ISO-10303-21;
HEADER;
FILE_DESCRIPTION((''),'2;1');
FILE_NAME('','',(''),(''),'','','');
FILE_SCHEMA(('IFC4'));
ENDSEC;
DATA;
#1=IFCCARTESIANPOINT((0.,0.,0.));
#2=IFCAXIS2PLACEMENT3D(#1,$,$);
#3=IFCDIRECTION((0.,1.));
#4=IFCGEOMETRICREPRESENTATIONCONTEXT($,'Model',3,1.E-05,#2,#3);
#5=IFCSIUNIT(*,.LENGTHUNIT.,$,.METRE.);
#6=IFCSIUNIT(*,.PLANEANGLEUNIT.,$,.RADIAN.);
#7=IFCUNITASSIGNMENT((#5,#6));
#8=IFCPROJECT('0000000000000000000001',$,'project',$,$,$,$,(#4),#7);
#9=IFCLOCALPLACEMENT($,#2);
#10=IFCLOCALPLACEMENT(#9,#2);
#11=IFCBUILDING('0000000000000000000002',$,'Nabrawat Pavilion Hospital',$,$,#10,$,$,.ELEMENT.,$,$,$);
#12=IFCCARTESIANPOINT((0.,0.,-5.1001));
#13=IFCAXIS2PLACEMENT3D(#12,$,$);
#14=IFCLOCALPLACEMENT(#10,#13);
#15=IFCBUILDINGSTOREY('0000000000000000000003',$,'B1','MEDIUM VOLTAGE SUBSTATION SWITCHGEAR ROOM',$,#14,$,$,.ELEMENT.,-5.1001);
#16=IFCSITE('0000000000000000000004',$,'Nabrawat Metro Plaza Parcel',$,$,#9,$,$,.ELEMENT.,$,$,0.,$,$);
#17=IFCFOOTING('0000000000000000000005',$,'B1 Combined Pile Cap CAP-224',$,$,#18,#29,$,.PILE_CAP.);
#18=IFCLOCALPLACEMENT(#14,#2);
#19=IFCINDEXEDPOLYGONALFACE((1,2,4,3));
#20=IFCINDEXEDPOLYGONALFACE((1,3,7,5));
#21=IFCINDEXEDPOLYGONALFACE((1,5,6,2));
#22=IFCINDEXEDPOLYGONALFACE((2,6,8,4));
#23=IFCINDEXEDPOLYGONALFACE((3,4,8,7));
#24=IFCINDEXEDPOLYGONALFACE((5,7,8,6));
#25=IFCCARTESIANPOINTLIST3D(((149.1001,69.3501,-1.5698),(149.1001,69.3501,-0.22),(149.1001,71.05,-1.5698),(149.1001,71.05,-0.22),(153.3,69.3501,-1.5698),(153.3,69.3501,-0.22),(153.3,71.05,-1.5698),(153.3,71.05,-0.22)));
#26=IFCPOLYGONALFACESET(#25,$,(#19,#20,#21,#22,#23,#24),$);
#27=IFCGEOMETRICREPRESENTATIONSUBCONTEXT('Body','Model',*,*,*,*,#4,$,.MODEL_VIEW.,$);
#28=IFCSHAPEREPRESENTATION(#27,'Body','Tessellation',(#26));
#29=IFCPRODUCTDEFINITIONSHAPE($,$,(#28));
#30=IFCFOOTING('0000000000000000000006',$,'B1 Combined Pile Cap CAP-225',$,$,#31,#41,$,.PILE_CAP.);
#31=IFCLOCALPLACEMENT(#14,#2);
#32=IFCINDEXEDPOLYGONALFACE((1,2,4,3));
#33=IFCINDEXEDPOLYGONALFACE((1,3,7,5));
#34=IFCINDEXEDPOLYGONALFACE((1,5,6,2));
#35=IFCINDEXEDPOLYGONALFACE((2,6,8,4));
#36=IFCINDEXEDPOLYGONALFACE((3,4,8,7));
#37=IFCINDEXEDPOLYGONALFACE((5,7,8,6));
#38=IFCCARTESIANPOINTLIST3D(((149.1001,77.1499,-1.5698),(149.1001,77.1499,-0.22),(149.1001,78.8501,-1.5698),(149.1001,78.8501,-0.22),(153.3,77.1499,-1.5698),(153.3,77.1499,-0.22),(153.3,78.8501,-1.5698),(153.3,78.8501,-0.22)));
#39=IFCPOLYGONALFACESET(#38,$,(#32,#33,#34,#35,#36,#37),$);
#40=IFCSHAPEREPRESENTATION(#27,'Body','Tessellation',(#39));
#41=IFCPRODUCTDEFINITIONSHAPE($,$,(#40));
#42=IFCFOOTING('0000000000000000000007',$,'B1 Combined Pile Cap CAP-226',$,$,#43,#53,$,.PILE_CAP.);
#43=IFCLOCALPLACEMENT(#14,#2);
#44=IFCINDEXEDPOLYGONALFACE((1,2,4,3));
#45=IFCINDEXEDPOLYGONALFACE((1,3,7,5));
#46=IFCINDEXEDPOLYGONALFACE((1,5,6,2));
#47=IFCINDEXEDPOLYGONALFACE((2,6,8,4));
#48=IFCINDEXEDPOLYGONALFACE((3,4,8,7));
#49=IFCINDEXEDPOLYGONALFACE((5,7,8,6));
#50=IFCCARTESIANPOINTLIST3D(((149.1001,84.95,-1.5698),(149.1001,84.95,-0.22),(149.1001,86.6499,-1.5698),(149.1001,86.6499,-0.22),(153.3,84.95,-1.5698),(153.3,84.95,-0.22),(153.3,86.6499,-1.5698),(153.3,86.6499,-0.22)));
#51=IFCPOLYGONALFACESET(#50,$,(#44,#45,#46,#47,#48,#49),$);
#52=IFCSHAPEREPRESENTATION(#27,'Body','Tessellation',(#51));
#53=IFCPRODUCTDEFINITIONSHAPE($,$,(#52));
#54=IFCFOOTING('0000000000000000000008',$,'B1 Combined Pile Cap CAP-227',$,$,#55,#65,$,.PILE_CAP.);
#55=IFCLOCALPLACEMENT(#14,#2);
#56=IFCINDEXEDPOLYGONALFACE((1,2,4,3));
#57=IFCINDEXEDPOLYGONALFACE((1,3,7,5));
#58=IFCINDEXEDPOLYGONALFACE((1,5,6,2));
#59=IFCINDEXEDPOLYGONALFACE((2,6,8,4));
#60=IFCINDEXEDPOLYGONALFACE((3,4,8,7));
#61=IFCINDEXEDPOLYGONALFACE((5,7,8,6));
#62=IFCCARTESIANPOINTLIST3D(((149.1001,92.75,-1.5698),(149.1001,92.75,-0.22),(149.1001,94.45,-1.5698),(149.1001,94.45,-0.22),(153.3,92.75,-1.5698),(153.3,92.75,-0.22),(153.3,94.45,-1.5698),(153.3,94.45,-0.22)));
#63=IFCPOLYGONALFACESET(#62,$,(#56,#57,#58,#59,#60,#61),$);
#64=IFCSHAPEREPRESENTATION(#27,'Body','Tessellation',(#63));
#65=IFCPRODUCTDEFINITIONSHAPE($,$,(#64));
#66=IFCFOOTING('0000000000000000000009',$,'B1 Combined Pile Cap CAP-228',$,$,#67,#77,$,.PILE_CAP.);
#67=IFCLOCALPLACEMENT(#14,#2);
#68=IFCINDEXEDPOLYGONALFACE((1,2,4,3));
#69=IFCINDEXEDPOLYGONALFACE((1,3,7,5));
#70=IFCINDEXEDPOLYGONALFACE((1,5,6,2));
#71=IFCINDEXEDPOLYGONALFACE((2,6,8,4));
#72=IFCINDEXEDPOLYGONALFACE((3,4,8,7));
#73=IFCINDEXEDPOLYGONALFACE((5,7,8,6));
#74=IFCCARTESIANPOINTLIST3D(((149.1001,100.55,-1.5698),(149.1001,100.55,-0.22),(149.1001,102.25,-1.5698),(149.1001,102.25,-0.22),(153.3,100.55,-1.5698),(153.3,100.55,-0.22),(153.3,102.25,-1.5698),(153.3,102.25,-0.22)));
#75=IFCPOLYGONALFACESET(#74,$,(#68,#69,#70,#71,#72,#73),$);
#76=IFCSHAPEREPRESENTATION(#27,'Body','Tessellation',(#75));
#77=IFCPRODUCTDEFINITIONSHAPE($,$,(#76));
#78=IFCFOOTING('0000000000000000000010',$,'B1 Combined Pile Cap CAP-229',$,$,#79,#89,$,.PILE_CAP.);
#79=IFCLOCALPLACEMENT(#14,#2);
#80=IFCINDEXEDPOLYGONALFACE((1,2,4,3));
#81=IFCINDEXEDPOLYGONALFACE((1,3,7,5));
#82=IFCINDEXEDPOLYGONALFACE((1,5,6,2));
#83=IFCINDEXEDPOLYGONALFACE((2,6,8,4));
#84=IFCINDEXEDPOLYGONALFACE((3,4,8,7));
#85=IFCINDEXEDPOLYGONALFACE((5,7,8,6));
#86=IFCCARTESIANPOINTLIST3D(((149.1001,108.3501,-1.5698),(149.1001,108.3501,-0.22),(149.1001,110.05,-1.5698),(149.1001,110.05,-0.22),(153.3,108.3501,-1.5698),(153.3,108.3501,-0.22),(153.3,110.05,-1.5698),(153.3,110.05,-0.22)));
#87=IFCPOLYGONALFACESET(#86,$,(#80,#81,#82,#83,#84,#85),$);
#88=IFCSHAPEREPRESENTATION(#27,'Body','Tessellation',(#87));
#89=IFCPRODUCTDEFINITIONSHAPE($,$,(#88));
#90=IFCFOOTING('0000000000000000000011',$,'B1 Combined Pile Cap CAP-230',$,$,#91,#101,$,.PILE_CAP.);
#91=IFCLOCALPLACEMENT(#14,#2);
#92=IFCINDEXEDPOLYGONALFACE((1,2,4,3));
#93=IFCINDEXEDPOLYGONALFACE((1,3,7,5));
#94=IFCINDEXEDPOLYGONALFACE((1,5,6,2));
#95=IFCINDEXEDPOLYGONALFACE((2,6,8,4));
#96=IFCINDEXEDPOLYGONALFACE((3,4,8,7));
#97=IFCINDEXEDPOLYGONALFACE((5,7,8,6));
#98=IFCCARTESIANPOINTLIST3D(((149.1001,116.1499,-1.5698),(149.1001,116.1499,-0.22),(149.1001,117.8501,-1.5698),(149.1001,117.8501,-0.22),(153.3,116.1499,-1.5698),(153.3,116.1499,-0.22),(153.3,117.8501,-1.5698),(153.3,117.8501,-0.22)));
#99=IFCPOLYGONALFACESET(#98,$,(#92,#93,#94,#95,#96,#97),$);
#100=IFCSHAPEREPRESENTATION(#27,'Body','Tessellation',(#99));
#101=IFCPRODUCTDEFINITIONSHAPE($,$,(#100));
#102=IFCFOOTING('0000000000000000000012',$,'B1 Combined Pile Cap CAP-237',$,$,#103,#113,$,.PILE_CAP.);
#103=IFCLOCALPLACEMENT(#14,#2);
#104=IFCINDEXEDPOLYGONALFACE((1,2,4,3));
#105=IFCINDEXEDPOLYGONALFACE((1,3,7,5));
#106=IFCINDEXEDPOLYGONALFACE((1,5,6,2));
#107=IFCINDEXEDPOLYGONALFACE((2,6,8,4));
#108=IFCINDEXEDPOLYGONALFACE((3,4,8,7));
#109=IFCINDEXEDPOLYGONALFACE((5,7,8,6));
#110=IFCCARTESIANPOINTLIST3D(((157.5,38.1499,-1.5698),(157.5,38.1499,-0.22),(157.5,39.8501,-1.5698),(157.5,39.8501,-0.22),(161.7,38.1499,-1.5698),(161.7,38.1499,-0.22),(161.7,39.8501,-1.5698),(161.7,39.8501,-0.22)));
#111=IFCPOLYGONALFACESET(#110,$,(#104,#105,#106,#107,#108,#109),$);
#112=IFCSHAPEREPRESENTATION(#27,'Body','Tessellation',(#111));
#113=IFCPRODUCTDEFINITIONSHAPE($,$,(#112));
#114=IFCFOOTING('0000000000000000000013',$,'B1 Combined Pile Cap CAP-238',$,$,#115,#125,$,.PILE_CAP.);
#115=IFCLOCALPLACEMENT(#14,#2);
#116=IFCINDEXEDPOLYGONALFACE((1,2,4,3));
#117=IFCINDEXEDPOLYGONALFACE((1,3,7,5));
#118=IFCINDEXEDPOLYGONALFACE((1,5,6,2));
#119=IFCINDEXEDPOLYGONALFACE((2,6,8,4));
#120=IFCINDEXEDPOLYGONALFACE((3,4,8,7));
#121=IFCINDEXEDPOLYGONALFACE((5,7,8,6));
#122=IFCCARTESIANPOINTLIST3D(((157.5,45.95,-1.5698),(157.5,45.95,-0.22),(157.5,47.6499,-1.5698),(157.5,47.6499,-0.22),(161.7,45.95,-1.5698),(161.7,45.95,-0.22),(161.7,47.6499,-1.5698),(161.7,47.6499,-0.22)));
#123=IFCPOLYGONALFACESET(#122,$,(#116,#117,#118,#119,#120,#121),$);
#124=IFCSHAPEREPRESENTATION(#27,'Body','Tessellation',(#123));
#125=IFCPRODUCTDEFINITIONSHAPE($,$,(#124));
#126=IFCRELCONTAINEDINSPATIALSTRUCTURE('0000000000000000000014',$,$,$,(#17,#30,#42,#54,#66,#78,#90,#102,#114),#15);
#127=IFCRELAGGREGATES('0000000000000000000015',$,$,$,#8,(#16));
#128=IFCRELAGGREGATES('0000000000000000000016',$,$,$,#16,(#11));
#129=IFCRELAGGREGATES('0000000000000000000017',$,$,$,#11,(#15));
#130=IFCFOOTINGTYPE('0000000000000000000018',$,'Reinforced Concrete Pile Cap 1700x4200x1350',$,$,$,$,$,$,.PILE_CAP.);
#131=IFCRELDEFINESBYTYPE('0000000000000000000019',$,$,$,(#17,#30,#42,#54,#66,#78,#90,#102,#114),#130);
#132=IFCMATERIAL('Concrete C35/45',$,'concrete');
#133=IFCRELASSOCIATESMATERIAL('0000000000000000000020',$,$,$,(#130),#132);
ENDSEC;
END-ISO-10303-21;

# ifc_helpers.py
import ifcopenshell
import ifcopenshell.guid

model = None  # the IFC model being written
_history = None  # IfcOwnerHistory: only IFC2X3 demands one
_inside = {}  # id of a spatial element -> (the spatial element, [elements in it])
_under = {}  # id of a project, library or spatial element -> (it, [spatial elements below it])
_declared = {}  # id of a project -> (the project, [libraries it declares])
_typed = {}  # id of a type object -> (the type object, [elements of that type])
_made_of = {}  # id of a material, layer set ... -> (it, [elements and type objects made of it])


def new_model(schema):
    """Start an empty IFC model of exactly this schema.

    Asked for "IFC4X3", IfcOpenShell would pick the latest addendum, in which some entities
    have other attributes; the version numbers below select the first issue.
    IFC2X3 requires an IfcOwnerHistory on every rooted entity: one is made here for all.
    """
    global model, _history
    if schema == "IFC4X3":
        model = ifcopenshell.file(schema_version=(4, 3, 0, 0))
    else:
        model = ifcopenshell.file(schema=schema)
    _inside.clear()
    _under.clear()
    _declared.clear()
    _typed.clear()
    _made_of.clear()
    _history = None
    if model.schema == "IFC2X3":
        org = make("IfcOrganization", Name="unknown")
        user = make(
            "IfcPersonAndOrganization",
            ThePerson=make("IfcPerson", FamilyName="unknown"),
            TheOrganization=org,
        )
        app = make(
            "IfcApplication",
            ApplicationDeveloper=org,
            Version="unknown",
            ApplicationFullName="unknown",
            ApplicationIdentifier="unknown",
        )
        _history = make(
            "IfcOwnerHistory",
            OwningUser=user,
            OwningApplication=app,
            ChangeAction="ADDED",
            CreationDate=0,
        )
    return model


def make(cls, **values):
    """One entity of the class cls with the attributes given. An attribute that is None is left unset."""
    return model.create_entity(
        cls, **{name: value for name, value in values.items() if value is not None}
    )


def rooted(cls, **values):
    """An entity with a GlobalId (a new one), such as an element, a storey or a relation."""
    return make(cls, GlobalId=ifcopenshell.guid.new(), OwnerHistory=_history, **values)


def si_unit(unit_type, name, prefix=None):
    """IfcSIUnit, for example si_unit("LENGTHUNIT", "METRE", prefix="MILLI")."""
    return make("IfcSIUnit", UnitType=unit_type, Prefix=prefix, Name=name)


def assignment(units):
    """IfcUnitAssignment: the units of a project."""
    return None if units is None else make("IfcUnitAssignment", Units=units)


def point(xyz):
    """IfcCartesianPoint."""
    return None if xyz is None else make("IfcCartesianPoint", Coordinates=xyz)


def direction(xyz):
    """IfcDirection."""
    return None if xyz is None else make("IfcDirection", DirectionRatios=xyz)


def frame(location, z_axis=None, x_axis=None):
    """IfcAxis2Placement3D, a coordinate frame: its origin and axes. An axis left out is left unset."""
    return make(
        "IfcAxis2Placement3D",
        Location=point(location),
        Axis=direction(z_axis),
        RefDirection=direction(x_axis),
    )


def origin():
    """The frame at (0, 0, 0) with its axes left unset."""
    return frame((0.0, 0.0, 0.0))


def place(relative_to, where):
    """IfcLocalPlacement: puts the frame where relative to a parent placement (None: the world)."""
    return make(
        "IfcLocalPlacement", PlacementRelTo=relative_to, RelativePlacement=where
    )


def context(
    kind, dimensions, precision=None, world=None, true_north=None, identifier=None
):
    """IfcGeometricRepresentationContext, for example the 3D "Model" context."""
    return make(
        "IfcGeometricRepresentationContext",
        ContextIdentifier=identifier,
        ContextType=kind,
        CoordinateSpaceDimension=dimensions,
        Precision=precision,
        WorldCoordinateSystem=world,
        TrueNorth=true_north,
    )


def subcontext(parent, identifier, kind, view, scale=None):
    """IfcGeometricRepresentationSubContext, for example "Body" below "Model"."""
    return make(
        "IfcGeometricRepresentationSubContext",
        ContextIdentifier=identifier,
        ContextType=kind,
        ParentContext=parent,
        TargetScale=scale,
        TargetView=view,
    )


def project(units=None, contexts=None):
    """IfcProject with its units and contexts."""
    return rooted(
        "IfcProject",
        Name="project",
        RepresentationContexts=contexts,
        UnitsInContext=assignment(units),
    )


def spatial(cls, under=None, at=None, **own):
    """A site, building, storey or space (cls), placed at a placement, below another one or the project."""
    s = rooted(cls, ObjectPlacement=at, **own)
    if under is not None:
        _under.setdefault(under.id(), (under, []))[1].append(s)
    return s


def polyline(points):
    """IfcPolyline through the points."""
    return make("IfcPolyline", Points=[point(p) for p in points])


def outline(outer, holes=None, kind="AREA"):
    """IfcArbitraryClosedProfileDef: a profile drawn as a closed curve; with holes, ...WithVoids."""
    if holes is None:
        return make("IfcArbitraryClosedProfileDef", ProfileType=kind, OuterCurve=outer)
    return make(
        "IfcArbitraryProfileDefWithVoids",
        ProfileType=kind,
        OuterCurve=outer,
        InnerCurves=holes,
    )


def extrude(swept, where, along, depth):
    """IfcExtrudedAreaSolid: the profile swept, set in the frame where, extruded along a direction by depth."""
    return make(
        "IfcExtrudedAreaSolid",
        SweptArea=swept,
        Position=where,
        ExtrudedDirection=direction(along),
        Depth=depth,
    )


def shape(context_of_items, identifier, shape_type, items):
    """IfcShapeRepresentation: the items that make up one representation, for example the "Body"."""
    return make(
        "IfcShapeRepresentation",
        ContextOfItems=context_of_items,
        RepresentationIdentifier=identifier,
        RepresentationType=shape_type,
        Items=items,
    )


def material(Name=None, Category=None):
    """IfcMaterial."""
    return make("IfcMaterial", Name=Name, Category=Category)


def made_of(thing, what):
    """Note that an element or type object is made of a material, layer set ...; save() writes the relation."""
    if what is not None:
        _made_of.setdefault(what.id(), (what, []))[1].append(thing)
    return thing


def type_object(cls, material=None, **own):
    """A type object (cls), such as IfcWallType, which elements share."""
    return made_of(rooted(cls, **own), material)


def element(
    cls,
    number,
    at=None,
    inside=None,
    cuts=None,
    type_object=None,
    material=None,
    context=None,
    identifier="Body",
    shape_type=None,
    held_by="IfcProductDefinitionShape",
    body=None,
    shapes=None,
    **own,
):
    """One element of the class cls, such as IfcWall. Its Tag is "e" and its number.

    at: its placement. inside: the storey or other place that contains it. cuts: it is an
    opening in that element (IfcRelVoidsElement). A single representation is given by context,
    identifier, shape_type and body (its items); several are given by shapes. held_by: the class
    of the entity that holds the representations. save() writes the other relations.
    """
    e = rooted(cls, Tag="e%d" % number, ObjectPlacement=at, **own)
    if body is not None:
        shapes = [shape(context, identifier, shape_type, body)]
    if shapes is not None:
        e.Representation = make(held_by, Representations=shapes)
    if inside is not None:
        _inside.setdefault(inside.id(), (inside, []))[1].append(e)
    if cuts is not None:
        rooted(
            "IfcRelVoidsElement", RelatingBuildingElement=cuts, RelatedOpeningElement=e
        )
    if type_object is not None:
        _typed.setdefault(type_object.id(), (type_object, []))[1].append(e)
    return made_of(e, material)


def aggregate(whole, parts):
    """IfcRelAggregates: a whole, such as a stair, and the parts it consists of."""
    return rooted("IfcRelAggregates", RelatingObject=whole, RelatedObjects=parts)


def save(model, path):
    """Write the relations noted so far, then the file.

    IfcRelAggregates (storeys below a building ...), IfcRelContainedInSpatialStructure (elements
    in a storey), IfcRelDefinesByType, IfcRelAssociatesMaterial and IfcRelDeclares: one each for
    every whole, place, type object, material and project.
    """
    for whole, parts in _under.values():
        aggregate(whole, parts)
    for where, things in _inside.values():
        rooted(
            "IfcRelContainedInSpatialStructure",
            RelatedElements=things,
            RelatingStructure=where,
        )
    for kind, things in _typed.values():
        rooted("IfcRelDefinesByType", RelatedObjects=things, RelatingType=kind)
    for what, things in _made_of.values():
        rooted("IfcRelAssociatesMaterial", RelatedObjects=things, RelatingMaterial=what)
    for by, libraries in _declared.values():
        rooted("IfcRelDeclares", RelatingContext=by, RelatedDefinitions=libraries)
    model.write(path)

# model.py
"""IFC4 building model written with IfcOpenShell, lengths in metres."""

from ifc_helpers import new_model, si_unit, direction, frame, origin, place, context, subcontext, project, spatial, polyline, outline, extrude, material, type_object, element, save


model = new_model("IFC4")

# Units and contexts
model_context = context("Model", 3, precision=1e-05, world=origin(), true_north=direction((0.0, 1.0)))
body_context = subcontext(model_context, "Body", "Model", "MODEL_VIEW")
ifc_project = project(units=[si_unit("LENGTHUNIT", "METRE"), si_unit("PLANEANGLEUNIT", "RADIAN")], contexts=[model_context])

# Site, building, storey
site_placement = place(None, origin())
site = spatial("IfcSite", under=ifc_project, at=site_placement, Name="Nabrawat Metro Plaza Parcel", CompositionType="ELEMENT", RefElevation=0.0)
building_placement = place(site_placement, origin())
building = spatial("IfcBuilding", under=site, at=building_placement, Name="Nabrawat Pavilion Hospital", CompositionType="ELEMENT")
storey_placement = place(building_placement, frame((0.0, 0.0, -5.1001)))
storey = spatial("IfcBuildingStorey", under=building, at=storey_placement, Name="B1", Description="MEDIUM VOLTAGE SUBSTATION SWITCHGEAR ROOM", CompositionType="ELEMENT", Elevation=-5.1001)

# Footings
ifc_material = material(Name="Concrete C35/45", Category="concrete")
footing_type = type_object("IfcFootingType", Name="Reinforced Concrete Pile Cap 1700x4200x1350", PredefinedType="PILE_CAP", material=ifc_material)
footing_1_placement = place(storey_placement, frame((0.0, 0.0, -1.5698)))
element("IfcFooting", 1, at=footing_1_placement, inside=storey, type_object=footing_type, Name="B1 Combined Pile Cap CAP-224", PredefinedType="PILE_CAP", context=body_context, shape_type="SweptSolid", body=[
    extrude(outline(polyline([(153.3, 69.3501), (153.3, 71.05), (149.1001, 71.05), (149.1001, 69.3501), (153.3, 69.3501)])), origin(), (0.0, 0.0, 1.0), 1.3499),
])
footing_2_placement = place(storey_placement, frame((0.0, 0.0, -1.5698)))
element("IfcFooting", 2, at=footing_2_placement, inside=storey, type_object=footing_type, Name="B1 Combined Pile Cap CAP-225", PredefinedType="PILE_CAP", context=body_context, shape_type="SweptSolid", body=[
    extrude(outline(polyline([(153.3, 77.1499), (153.3, 78.8501), (149.1001, 78.8501), (149.1001, 77.1499), (153.3, 77.1499)])), origin(), (0.0, 0.0, 1.0), 1.3499),
])
footing_3_placement = place(storey_placement, frame((0.0, 0.0, -1.5698)))
element("IfcFooting", 3, at=footing_3_placement, inside=storey, type_object=footing_type, Name="B1 Combined Pile Cap CAP-226", PredefinedType="PILE_CAP", context=body_context, shape_type="SweptSolid", body=[
    extrude(outline(polyline([(153.3, 84.95), (153.3, 86.6499), (149.1001, 86.6499), (149.1001, 84.95), (153.3, 84.95)])), origin(), (0.0, 0.0, 1.0), 1.3499),
])
footing_4_placement = place(storey_placement, frame((0.0, 0.0, -1.5698)))
element("IfcFooting", 4, at=footing_4_placement, inside=storey, type_object=footing_type, Name="B1 Combined Pile Cap CAP-227", PredefinedType="PILE_CAP", context=body_context, shape_type="SweptSolid", body=[
    extrude(outline(polyline([(153.3, 92.75), (153.3, 94.45), (149.1001, 94.45), (149.1001, 92.75), (153.3, 92.75)])), origin(), (0.0, 0.0, 1.0), 1.3499),
])
footing_5_placement = place(storey_placement, frame((0.0, 0.0, -1.5698)))
element("IfcFooting", 5, at=footing_5_placement, inside=storey, type_object=footing_type, Name="B1 Combined Pile Cap CAP-228", PredefinedType="PILE_CAP", context=body_context, shape_type="SweptSolid", body=[
    extrude(outline(polyline([(153.3, 100.55), (153.3, 102.25), (149.1001, 102.25), (149.1001, 100.55), (153.3, 100.55)])), origin(), (0.0, 0.0, 1.0), 1.3499),
])
footing_6_placement = place(storey_placement, frame((0.0, 0.0, -1.5698)))
element("IfcFooting", 6, at=footing_6_placement, inside=storey, type_object=footing_type, Name="B1 Combined Pile Cap CAP-229", PredefinedType="PILE_CAP", context=body_context, shape_type="SweptSolid", body=[
    extrude(outline(polyline([(153.3, 108.3501), (153.3, 110.05), (149.1001, 110.05), (149.1001, 108.3501), (153.3, 108.3501)])), origin(), (0.0, 0.0, 1.0), 1.3499),
])
footing_7_placement = place(storey_placement, frame((0.0, 0.0, -1.5698)))
element("IfcFooting", 7, at=footing_7_placement, inside=storey, type_object=footing_type, Name="B1 Combined Pile Cap CAP-230", PredefinedType="PILE_CAP", context=body_context, shape_type="SweptSolid", body=[
    extrude(outline(polyline([(153.3, 116.1499), (153.3, 117.8501), (149.1001, 117.8501), (149.1001, 116.1499), (153.3, 116.1499)])), origin(), (0.0, 0.0, 1.0), 1.3499),
])
footing_8_placement = place(storey_placement, frame((0.0, 0.0, -1.5698)))
element("IfcFooting", 8, at=footing_8_placement, inside=storey, type_object=footing_type, Name="B1 Combined Pile Cap CAP-237", PredefinedType="PILE_CAP", context=body_context, shape_type="SweptSolid", body=[
    extrude(outline(polyline([(161.7, 38.1499), (161.7, 39.8501), (157.5, 39.8501), (157.5, 38.1499), (161.7, 38.1499)])), origin(), (0.0, 0.0, 1.0), 1.3499),
])
footing_9_placement = place(storey_placement, frame((0.0, 0.0, -1.5698)))
element("IfcFooting", 9, at=footing_9_placement, inside=storey, type_object=footing_type, Name="B1 Combined Pile Cap CAP-238", PredefinedType="PILE_CAP", context=body_context, shape_type="SweptSolid", body=[
    extrude(outline(polyline([(161.7, 45.95), (161.7, 47.6499), (157.5, 47.6499), (157.5, 45.95), (161.7, 45.95)])), origin(), (0.0, 0.0, 1.0), 1.3499),
])

save(model, "model.ifc")
